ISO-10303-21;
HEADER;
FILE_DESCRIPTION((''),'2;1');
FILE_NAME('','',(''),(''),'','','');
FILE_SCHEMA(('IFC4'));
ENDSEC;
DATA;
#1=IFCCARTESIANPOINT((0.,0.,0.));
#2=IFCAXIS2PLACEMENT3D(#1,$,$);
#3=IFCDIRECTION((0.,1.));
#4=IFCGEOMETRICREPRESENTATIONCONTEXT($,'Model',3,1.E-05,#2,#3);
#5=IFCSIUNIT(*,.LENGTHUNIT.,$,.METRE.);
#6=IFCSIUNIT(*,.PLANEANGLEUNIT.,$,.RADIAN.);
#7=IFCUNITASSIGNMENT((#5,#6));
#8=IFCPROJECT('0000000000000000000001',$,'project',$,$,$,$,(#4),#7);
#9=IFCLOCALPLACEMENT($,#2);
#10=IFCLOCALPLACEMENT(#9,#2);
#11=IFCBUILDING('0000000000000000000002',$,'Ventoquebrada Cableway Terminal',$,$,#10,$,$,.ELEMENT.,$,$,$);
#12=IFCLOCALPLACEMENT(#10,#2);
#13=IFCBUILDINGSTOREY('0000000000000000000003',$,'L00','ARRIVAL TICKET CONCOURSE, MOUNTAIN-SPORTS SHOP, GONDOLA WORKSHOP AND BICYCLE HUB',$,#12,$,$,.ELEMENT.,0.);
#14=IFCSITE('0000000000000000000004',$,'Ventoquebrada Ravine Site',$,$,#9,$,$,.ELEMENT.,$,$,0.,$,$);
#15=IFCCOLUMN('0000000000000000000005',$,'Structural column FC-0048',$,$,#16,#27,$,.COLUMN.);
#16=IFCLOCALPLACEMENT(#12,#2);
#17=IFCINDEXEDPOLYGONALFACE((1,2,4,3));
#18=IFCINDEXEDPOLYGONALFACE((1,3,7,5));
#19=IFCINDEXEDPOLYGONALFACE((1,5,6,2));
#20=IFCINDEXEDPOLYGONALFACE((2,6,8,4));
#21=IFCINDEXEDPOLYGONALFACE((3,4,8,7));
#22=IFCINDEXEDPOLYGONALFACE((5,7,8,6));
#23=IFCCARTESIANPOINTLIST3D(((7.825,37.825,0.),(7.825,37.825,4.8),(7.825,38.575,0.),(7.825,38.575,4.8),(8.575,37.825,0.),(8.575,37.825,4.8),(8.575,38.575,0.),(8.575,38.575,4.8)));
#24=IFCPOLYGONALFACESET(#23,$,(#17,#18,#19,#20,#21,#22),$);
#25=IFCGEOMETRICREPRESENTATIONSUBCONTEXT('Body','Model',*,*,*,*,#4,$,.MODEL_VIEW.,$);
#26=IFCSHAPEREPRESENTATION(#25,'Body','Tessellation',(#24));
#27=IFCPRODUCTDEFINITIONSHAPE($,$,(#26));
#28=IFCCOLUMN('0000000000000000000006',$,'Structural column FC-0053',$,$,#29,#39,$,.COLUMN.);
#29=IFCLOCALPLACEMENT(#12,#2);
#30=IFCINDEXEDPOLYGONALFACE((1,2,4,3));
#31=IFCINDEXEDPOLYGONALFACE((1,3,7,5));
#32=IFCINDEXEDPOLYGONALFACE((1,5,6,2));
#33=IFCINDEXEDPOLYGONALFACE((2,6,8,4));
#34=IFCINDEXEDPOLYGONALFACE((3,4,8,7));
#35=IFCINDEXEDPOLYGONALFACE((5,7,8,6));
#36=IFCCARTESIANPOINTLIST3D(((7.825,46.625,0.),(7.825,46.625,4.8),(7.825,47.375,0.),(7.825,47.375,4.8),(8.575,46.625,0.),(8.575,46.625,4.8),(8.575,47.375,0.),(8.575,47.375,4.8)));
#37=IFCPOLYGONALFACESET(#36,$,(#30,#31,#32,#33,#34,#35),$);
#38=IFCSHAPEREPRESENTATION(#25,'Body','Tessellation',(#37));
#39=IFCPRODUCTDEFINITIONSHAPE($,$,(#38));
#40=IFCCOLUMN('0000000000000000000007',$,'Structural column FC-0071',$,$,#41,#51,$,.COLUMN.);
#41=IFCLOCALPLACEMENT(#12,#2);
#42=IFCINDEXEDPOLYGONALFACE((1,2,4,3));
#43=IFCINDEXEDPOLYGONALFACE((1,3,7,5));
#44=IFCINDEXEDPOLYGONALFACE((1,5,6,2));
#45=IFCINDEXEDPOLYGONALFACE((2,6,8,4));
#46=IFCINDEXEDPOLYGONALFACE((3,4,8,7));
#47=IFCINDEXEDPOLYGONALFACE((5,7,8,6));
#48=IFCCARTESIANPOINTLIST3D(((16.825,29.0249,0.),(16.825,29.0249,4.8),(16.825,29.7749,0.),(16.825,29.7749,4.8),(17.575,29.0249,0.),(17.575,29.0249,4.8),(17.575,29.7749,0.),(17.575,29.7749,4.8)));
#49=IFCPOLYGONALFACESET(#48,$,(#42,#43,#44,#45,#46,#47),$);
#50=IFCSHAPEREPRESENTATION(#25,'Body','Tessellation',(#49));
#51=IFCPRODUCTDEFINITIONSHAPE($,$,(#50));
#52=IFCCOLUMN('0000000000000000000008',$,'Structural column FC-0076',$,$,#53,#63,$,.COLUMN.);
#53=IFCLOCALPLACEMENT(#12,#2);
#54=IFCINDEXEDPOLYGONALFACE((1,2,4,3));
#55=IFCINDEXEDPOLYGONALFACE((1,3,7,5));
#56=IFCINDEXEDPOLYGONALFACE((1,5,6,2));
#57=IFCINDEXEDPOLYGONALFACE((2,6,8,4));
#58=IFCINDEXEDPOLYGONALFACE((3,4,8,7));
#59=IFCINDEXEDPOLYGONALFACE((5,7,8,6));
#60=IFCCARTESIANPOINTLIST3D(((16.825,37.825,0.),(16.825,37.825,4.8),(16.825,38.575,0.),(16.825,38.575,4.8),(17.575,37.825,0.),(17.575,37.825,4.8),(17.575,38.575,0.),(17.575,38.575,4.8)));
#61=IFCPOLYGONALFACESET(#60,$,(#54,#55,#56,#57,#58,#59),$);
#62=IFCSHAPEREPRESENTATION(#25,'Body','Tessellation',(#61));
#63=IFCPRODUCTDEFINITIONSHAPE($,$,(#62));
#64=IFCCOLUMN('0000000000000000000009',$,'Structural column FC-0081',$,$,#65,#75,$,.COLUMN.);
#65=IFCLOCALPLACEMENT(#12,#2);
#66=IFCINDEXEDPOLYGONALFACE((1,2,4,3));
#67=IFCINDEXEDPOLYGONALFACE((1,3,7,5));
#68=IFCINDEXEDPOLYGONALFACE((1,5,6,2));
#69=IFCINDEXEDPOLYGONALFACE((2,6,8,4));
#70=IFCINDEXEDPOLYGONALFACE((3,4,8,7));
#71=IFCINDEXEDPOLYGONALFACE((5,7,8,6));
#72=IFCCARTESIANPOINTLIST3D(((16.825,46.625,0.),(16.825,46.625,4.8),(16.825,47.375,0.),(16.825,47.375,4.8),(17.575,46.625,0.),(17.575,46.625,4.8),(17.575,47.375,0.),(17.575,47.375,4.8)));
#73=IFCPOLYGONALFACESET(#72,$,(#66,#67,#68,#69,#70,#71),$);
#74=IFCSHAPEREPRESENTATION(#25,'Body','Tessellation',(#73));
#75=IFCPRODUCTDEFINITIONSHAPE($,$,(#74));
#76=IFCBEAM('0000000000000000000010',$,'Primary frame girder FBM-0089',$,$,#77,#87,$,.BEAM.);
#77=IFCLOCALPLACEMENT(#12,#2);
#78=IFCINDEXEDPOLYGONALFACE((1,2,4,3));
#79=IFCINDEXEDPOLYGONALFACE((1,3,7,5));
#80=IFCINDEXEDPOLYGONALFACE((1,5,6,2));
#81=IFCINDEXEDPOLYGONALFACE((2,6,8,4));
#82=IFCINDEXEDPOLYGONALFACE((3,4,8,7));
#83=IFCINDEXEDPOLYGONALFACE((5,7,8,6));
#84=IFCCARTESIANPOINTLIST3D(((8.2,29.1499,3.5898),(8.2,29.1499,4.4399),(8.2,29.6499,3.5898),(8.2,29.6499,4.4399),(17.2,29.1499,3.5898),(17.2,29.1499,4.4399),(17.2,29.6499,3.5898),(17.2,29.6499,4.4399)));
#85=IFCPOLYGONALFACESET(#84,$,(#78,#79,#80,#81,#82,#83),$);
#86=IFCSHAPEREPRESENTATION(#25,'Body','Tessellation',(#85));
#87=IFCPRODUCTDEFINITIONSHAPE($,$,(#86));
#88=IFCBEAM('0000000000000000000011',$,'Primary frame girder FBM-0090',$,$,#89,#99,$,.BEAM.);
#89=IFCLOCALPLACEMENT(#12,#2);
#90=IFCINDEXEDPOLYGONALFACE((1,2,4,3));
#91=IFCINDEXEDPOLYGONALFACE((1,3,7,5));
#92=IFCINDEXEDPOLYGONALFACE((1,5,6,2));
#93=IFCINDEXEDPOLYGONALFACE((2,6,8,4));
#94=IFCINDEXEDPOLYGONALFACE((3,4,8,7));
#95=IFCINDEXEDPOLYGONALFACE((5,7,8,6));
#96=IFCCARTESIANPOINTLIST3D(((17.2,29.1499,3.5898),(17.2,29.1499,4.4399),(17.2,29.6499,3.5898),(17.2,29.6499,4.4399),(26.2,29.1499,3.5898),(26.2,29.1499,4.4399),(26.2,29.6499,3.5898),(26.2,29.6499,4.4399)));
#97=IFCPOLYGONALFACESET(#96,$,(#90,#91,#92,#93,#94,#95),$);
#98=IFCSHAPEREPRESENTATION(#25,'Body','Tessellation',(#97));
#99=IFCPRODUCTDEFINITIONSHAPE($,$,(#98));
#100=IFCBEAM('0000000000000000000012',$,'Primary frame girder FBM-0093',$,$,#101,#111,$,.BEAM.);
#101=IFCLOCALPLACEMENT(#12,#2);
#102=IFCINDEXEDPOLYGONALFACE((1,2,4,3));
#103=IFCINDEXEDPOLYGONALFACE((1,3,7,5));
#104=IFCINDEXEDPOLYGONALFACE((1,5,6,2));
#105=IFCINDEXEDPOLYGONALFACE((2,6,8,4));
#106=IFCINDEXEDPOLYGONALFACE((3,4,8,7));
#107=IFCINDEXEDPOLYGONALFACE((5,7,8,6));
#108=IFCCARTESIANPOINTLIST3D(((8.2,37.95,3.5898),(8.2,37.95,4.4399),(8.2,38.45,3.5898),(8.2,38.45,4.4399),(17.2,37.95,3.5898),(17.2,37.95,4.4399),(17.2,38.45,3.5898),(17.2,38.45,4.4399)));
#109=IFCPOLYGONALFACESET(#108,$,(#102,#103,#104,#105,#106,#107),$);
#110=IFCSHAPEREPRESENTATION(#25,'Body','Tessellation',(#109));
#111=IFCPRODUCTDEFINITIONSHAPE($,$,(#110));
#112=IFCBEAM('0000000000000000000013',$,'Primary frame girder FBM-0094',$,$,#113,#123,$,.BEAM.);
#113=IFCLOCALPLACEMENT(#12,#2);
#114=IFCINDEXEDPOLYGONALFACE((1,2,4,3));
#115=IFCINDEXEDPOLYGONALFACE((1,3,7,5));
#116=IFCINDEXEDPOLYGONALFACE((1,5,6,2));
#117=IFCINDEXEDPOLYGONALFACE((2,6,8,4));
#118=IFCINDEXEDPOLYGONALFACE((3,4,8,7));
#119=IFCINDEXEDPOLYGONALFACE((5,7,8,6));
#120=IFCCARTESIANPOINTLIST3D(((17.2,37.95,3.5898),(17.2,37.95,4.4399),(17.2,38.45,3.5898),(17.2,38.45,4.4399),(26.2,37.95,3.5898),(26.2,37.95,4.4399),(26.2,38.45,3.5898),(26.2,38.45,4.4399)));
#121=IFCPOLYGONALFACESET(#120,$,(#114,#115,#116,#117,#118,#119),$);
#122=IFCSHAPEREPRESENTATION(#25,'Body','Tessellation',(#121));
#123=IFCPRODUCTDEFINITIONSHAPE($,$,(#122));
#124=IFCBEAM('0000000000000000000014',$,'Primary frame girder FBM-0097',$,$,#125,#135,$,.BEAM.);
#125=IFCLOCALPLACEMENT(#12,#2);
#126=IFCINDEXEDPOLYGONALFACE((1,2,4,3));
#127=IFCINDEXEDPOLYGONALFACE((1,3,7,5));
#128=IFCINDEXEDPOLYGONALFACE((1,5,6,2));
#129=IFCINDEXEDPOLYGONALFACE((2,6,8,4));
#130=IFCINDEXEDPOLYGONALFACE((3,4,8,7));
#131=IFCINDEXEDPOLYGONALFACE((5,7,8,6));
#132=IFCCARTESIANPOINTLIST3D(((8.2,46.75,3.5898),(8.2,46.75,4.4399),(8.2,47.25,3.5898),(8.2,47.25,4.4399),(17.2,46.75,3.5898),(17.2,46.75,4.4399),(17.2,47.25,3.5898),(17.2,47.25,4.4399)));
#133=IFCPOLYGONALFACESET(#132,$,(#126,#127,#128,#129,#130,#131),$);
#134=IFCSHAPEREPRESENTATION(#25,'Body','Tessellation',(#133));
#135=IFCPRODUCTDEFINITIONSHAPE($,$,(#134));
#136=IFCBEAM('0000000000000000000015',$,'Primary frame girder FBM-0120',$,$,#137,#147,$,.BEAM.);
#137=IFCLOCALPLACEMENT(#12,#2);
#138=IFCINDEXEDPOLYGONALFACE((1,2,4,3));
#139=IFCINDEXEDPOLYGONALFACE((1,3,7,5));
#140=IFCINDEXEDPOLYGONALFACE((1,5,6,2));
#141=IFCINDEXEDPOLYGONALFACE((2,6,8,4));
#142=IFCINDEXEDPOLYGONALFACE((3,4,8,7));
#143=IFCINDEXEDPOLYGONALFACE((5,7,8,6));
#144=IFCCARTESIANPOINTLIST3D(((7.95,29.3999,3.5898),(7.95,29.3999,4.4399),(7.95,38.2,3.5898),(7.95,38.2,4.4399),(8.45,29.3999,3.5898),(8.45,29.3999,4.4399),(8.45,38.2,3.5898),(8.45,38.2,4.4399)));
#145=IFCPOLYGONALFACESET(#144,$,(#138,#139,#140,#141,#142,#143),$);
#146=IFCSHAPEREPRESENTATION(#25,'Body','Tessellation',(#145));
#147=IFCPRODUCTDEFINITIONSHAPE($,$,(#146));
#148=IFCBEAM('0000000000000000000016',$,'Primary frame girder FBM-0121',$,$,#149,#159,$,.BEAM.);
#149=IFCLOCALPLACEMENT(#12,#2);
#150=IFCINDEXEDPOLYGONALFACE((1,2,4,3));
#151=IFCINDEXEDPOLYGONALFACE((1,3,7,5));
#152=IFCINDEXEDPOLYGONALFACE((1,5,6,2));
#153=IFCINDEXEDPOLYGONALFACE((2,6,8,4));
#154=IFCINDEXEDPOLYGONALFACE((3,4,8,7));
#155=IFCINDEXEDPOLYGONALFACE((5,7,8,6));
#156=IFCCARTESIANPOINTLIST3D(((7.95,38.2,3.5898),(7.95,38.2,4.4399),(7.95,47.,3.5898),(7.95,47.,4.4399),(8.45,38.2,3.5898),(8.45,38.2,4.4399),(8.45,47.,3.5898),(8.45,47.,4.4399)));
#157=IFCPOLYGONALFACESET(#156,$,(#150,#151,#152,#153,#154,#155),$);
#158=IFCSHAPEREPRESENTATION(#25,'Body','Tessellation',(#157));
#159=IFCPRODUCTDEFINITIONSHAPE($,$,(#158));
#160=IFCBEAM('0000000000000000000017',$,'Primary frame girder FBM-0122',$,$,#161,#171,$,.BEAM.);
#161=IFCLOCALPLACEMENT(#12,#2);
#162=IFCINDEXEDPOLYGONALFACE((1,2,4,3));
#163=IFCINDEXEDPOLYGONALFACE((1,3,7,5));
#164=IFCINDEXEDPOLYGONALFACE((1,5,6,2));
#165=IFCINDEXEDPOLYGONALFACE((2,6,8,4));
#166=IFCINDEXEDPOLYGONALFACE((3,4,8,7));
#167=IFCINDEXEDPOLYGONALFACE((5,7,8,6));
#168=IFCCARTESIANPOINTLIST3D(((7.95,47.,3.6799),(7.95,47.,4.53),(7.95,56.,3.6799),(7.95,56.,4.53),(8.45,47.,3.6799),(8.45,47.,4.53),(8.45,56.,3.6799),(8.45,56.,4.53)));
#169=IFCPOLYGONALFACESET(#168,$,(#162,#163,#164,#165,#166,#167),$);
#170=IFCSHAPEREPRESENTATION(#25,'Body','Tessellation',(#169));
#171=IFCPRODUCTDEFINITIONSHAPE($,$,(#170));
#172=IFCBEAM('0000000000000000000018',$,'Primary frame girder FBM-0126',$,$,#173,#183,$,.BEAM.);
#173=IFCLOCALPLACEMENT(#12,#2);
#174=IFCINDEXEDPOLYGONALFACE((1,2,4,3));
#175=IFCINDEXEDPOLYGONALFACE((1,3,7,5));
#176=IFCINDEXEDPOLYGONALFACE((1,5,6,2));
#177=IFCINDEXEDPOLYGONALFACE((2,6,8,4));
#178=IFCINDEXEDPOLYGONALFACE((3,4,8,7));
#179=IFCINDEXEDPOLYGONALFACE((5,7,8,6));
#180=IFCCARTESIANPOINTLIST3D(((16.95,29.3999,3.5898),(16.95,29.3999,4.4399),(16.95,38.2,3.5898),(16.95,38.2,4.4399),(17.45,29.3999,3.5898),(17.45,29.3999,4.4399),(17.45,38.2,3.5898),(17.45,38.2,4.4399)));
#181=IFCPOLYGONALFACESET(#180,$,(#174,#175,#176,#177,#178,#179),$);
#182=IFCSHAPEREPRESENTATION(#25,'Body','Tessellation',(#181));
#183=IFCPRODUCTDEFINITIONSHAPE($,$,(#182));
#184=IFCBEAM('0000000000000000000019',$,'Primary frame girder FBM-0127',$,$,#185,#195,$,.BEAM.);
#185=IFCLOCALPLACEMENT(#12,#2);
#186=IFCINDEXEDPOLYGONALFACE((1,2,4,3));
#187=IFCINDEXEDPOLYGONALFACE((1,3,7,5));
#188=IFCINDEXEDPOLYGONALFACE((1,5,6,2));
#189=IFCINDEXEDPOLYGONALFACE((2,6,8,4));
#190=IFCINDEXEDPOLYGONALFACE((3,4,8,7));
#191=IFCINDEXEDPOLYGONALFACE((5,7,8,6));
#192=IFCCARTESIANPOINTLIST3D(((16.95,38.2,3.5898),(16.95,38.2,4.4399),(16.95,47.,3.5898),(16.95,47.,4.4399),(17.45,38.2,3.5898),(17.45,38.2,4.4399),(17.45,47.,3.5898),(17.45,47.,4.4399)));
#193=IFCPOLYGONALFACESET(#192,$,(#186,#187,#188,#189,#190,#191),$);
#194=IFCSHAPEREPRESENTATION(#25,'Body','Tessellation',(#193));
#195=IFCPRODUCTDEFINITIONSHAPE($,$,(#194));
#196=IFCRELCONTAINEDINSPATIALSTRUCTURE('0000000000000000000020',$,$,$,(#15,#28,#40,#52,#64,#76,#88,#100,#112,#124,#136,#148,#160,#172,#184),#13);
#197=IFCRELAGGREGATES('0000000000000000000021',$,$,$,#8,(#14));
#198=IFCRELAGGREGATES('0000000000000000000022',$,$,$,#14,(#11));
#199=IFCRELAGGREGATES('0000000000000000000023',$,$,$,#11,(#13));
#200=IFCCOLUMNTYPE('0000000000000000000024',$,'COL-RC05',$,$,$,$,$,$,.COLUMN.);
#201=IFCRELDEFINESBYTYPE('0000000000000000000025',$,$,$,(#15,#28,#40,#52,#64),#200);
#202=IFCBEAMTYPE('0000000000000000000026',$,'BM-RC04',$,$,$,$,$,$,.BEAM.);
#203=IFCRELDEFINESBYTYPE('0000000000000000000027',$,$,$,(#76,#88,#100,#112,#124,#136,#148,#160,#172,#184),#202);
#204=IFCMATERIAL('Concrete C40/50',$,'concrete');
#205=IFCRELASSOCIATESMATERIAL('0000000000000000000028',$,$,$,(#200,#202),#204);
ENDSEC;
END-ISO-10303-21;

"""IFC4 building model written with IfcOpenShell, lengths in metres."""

from ifc_helpers import new_model, si_unit, direction, frame, origin, origin_2d, place, context, subcontext, project, spatial, rectangle, extrude, material, material_profile, profile_set, type_object, element, save


model = new_model("IFC4")

# Units and contexts
model_context = context("Model", 3, precision=1e-05, world=origin(), true_north=direction((0.0, 1.0)))
body_context = subcontext(model_context, "Body", "Model", "MODEL_VIEW")
ifc_project = project(units=[si_unit("LENGTHUNIT", "METRE"), si_unit("PLANEANGLEUNIT", "RADIAN")], contexts=[model_context])

# Site, building, storey
site_placement = place(None, origin())
site = spatial("IfcSite", under=ifc_project, at=site_placement, Name="Ventoquebrada Ravine Site", CompositionType="ELEMENT", RefElevation=0.0)
building_placement = place(site_placement, origin())
building = spatial("IfcBuilding", under=site, at=building_placement, Name="Ventoquebrada Cableway Terminal", CompositionType="ELEMENT")
storey_placement = place(building_placement, origin())
storey = spatial("IfcBuildingStorey", under=building, at=storey_placement, Name="L00", Description="ARRIVAL TICKET CONCOURSE, MOUNTAIN-SPORTS SHOP, GONDOLA WORKSHOP AND BICYCLE HUB", CompositionType="ELEMENT", Elevation=0.0)

# Columns
ifc_material_1 = material(Name="Concrete C40/50", Category="concrete")
ifc_material_profile_1 = material_profile(ifc_material_1, rectangle(XDim=0.75, YDim=0.75, at=origin_2d()), Name="RC-COL-750X750")
ifc_profile_set_1 = profile_set([ifc_material_profile_1], Name="Concrete C40/50")
column_type = type_object("IfcColumnType", Name="COL-RC05", PredefinedType="COLUMN", material=ifc_profile_set_1)
for number, where, z_axis, x_axis, name in (
    (1, (8.2, 38.2, 0.0), (0.0, 0.0, 1.0), (1.0, 0.0, 0.0), "Structural column FC-0048"),
    (2, (8.2, 47.0, 0.0), (0.0, 0.0, 1.0), (1.0, 0.0, 0.0), "Structural column FC-0053"),
    (3, (17.2, 29.3999, 0.0), (0.0, 0.0, 1.0), (1.0, 0.0, 0.0), "Structural column FC-0071"),
    (4, (17.2, 38.2, 0.0), (0.0, 0.0, 1.0), (1.0, 0.0, 0.0), "Structural column FC-0076"),
    (5, (17.2, 47.0, 0.0), (0.0, 0.0, 1.0), (1.0, 0.0, 0.0), "Structural column FC-0081"),
):
    element("IfcColumn", number, at=place(storey_placement, frame(where, z_axis=z_axis, x_axis=x_axis)), inside=storey, type_object=column_type, Name=name, PredefinedType="COLUMN", context=body_context, shape_type="SweptSolid", body=[
        extrude(rectangle(XDim=0.75, YDim=0.75, at=origin_2d()), origin(), (0.0, 0.0, 1.0), 4.8),
    ])

# Beams
ifc_material_profile_2 = material_profile(ifc_material_1, rectangle(XDim=0.5, YDim=0.8501, at=origin_2d()), Name="RC-BM-500X850")
ifc_profile_set_2 = profile_set([ifc_material_profile_2], Name="Concrete C40/50")
beam_type = type_object("IfcBeamType", Name="BM-RC04", PredefinedType="BEAM", material=ifc_profile_set_2)
for number, where, z_axis, x_axis, name in (
    (6, (8.2, 29.3999, 4.0149), (1.0, 0.0, 0.0), (0.0, 1.0, 0.0), "Primary frame girder FBM-0089"),
    (7, (17.2, 29.3999, 4.0149), (1.0, 0.0, 0.0), (0.0, 1.0, 0.0), "Primary frame girder FBM-0090"),
    (8, (8.2, 38.2, 4.0149), (1.0, 0.0, 0.0), (0.0, 1.0, 0.0), "Primary frame girder FBM-0093"),
    (9, (17.2, 38.2, 4.0149), (1.0, 0.0, 0.0), (0.0, 1.0, 0.0), "Primary frame girder FBM-0094"),
    (10, (8.2, 47.0, 4.0149), (1.0, 0.0, 0.0), (0.0, 1.0, 0.0), "Primary frame girder FBM-0097"),
):
    element("IfcBeam", number, at=place(storey_placement, frame(where, z_axis=z_axis, x_axis=x_axis)), inside=storey, type_object=beam_type, Name=name, PredefinedType="BEAM", context=body_context, shape_type="SweptSolid", body=[
        extrude(rectangle(XDim=0.5, YDim=0.8501, at=origin_2d()), origin(), (0.0, 0.0, 1.0), 9.0),
    ])
for number, where, z_axis, x_axis, name in (
    (11, (8.2, 29.3999, 4.0149), (0.0, 1.0, 0.0), (-1.0, 0.0, 0.0), "Primary frame girder FBM-0120"),
    (12, (8.2, 38.2, 4.0149), (0.0, 1.0, 0.0), (-1.0, 0.0, 0.0), "Primary frame girder FBM-0121"),
):
    element("IfcBeam", number, at=place(storey_placement, frame(where, z_axis=z_axis, x_axis=x_axis)), inside=storey, type_object=beam_type, Name=name, PredefinedType="BEAM", context=body_context, shape_type="SweptSolid", body=[
        extrude(rectangle(XDim=0.5, YDim=0.8501, at=origin_2d()), origin(), (0.0, 0.0, 1.0), 8.8),
    ])
beam_placement = place(storey_placement, frame((8.2, 47.0, 4.105), z_axis=(0.0, 1.0, 0.0), x_axis=(-1.0, 0.0, 0.0)))
element("IfcBeam", 13, at=beam_placement, inside=storey, type_object=beam_type, Name="Primary frame girder FBM-0122", PredefinedType="BEAM", context=body_context, shape_type="SweptSolid", body=[
    extrude(rectangle(XDim=0.5, YDim=0.8501, at=origin_2d()), origin(), (0.0, 0.0, 1.0), 9.0),
])
for number, where, z_axis, x_axis, name in (
    (14, (17.2, 29.3999, 4.0149), (0.0, 1.0, 0.0), (-1.0, 0.0, 0.0), "Primary frame girder FBM-0126"),
    (15, (17.2, 38.2, 4.0149), (0.0, 1.0, 0.0), (-1.0, 0.0, 0.0), "Primary frame girder FBM-0127"),
):
    element("IfcBeam", number, at=place(storey_placement, frame(where, z_axis=z_axis, x_axis=x_axis)), inside=storey, type_object=beam_type, Name=name, PredefinedType="BEAM", context=body_context, shape_type="SweptSolid", body=[
        extrude(rectangle(XDim=0.5, YDim=0.8501, at=origin_2d()), origin(), (0.0, 0.0, 1.0), 8.8),
    ])

save(model, "model.ifc")
